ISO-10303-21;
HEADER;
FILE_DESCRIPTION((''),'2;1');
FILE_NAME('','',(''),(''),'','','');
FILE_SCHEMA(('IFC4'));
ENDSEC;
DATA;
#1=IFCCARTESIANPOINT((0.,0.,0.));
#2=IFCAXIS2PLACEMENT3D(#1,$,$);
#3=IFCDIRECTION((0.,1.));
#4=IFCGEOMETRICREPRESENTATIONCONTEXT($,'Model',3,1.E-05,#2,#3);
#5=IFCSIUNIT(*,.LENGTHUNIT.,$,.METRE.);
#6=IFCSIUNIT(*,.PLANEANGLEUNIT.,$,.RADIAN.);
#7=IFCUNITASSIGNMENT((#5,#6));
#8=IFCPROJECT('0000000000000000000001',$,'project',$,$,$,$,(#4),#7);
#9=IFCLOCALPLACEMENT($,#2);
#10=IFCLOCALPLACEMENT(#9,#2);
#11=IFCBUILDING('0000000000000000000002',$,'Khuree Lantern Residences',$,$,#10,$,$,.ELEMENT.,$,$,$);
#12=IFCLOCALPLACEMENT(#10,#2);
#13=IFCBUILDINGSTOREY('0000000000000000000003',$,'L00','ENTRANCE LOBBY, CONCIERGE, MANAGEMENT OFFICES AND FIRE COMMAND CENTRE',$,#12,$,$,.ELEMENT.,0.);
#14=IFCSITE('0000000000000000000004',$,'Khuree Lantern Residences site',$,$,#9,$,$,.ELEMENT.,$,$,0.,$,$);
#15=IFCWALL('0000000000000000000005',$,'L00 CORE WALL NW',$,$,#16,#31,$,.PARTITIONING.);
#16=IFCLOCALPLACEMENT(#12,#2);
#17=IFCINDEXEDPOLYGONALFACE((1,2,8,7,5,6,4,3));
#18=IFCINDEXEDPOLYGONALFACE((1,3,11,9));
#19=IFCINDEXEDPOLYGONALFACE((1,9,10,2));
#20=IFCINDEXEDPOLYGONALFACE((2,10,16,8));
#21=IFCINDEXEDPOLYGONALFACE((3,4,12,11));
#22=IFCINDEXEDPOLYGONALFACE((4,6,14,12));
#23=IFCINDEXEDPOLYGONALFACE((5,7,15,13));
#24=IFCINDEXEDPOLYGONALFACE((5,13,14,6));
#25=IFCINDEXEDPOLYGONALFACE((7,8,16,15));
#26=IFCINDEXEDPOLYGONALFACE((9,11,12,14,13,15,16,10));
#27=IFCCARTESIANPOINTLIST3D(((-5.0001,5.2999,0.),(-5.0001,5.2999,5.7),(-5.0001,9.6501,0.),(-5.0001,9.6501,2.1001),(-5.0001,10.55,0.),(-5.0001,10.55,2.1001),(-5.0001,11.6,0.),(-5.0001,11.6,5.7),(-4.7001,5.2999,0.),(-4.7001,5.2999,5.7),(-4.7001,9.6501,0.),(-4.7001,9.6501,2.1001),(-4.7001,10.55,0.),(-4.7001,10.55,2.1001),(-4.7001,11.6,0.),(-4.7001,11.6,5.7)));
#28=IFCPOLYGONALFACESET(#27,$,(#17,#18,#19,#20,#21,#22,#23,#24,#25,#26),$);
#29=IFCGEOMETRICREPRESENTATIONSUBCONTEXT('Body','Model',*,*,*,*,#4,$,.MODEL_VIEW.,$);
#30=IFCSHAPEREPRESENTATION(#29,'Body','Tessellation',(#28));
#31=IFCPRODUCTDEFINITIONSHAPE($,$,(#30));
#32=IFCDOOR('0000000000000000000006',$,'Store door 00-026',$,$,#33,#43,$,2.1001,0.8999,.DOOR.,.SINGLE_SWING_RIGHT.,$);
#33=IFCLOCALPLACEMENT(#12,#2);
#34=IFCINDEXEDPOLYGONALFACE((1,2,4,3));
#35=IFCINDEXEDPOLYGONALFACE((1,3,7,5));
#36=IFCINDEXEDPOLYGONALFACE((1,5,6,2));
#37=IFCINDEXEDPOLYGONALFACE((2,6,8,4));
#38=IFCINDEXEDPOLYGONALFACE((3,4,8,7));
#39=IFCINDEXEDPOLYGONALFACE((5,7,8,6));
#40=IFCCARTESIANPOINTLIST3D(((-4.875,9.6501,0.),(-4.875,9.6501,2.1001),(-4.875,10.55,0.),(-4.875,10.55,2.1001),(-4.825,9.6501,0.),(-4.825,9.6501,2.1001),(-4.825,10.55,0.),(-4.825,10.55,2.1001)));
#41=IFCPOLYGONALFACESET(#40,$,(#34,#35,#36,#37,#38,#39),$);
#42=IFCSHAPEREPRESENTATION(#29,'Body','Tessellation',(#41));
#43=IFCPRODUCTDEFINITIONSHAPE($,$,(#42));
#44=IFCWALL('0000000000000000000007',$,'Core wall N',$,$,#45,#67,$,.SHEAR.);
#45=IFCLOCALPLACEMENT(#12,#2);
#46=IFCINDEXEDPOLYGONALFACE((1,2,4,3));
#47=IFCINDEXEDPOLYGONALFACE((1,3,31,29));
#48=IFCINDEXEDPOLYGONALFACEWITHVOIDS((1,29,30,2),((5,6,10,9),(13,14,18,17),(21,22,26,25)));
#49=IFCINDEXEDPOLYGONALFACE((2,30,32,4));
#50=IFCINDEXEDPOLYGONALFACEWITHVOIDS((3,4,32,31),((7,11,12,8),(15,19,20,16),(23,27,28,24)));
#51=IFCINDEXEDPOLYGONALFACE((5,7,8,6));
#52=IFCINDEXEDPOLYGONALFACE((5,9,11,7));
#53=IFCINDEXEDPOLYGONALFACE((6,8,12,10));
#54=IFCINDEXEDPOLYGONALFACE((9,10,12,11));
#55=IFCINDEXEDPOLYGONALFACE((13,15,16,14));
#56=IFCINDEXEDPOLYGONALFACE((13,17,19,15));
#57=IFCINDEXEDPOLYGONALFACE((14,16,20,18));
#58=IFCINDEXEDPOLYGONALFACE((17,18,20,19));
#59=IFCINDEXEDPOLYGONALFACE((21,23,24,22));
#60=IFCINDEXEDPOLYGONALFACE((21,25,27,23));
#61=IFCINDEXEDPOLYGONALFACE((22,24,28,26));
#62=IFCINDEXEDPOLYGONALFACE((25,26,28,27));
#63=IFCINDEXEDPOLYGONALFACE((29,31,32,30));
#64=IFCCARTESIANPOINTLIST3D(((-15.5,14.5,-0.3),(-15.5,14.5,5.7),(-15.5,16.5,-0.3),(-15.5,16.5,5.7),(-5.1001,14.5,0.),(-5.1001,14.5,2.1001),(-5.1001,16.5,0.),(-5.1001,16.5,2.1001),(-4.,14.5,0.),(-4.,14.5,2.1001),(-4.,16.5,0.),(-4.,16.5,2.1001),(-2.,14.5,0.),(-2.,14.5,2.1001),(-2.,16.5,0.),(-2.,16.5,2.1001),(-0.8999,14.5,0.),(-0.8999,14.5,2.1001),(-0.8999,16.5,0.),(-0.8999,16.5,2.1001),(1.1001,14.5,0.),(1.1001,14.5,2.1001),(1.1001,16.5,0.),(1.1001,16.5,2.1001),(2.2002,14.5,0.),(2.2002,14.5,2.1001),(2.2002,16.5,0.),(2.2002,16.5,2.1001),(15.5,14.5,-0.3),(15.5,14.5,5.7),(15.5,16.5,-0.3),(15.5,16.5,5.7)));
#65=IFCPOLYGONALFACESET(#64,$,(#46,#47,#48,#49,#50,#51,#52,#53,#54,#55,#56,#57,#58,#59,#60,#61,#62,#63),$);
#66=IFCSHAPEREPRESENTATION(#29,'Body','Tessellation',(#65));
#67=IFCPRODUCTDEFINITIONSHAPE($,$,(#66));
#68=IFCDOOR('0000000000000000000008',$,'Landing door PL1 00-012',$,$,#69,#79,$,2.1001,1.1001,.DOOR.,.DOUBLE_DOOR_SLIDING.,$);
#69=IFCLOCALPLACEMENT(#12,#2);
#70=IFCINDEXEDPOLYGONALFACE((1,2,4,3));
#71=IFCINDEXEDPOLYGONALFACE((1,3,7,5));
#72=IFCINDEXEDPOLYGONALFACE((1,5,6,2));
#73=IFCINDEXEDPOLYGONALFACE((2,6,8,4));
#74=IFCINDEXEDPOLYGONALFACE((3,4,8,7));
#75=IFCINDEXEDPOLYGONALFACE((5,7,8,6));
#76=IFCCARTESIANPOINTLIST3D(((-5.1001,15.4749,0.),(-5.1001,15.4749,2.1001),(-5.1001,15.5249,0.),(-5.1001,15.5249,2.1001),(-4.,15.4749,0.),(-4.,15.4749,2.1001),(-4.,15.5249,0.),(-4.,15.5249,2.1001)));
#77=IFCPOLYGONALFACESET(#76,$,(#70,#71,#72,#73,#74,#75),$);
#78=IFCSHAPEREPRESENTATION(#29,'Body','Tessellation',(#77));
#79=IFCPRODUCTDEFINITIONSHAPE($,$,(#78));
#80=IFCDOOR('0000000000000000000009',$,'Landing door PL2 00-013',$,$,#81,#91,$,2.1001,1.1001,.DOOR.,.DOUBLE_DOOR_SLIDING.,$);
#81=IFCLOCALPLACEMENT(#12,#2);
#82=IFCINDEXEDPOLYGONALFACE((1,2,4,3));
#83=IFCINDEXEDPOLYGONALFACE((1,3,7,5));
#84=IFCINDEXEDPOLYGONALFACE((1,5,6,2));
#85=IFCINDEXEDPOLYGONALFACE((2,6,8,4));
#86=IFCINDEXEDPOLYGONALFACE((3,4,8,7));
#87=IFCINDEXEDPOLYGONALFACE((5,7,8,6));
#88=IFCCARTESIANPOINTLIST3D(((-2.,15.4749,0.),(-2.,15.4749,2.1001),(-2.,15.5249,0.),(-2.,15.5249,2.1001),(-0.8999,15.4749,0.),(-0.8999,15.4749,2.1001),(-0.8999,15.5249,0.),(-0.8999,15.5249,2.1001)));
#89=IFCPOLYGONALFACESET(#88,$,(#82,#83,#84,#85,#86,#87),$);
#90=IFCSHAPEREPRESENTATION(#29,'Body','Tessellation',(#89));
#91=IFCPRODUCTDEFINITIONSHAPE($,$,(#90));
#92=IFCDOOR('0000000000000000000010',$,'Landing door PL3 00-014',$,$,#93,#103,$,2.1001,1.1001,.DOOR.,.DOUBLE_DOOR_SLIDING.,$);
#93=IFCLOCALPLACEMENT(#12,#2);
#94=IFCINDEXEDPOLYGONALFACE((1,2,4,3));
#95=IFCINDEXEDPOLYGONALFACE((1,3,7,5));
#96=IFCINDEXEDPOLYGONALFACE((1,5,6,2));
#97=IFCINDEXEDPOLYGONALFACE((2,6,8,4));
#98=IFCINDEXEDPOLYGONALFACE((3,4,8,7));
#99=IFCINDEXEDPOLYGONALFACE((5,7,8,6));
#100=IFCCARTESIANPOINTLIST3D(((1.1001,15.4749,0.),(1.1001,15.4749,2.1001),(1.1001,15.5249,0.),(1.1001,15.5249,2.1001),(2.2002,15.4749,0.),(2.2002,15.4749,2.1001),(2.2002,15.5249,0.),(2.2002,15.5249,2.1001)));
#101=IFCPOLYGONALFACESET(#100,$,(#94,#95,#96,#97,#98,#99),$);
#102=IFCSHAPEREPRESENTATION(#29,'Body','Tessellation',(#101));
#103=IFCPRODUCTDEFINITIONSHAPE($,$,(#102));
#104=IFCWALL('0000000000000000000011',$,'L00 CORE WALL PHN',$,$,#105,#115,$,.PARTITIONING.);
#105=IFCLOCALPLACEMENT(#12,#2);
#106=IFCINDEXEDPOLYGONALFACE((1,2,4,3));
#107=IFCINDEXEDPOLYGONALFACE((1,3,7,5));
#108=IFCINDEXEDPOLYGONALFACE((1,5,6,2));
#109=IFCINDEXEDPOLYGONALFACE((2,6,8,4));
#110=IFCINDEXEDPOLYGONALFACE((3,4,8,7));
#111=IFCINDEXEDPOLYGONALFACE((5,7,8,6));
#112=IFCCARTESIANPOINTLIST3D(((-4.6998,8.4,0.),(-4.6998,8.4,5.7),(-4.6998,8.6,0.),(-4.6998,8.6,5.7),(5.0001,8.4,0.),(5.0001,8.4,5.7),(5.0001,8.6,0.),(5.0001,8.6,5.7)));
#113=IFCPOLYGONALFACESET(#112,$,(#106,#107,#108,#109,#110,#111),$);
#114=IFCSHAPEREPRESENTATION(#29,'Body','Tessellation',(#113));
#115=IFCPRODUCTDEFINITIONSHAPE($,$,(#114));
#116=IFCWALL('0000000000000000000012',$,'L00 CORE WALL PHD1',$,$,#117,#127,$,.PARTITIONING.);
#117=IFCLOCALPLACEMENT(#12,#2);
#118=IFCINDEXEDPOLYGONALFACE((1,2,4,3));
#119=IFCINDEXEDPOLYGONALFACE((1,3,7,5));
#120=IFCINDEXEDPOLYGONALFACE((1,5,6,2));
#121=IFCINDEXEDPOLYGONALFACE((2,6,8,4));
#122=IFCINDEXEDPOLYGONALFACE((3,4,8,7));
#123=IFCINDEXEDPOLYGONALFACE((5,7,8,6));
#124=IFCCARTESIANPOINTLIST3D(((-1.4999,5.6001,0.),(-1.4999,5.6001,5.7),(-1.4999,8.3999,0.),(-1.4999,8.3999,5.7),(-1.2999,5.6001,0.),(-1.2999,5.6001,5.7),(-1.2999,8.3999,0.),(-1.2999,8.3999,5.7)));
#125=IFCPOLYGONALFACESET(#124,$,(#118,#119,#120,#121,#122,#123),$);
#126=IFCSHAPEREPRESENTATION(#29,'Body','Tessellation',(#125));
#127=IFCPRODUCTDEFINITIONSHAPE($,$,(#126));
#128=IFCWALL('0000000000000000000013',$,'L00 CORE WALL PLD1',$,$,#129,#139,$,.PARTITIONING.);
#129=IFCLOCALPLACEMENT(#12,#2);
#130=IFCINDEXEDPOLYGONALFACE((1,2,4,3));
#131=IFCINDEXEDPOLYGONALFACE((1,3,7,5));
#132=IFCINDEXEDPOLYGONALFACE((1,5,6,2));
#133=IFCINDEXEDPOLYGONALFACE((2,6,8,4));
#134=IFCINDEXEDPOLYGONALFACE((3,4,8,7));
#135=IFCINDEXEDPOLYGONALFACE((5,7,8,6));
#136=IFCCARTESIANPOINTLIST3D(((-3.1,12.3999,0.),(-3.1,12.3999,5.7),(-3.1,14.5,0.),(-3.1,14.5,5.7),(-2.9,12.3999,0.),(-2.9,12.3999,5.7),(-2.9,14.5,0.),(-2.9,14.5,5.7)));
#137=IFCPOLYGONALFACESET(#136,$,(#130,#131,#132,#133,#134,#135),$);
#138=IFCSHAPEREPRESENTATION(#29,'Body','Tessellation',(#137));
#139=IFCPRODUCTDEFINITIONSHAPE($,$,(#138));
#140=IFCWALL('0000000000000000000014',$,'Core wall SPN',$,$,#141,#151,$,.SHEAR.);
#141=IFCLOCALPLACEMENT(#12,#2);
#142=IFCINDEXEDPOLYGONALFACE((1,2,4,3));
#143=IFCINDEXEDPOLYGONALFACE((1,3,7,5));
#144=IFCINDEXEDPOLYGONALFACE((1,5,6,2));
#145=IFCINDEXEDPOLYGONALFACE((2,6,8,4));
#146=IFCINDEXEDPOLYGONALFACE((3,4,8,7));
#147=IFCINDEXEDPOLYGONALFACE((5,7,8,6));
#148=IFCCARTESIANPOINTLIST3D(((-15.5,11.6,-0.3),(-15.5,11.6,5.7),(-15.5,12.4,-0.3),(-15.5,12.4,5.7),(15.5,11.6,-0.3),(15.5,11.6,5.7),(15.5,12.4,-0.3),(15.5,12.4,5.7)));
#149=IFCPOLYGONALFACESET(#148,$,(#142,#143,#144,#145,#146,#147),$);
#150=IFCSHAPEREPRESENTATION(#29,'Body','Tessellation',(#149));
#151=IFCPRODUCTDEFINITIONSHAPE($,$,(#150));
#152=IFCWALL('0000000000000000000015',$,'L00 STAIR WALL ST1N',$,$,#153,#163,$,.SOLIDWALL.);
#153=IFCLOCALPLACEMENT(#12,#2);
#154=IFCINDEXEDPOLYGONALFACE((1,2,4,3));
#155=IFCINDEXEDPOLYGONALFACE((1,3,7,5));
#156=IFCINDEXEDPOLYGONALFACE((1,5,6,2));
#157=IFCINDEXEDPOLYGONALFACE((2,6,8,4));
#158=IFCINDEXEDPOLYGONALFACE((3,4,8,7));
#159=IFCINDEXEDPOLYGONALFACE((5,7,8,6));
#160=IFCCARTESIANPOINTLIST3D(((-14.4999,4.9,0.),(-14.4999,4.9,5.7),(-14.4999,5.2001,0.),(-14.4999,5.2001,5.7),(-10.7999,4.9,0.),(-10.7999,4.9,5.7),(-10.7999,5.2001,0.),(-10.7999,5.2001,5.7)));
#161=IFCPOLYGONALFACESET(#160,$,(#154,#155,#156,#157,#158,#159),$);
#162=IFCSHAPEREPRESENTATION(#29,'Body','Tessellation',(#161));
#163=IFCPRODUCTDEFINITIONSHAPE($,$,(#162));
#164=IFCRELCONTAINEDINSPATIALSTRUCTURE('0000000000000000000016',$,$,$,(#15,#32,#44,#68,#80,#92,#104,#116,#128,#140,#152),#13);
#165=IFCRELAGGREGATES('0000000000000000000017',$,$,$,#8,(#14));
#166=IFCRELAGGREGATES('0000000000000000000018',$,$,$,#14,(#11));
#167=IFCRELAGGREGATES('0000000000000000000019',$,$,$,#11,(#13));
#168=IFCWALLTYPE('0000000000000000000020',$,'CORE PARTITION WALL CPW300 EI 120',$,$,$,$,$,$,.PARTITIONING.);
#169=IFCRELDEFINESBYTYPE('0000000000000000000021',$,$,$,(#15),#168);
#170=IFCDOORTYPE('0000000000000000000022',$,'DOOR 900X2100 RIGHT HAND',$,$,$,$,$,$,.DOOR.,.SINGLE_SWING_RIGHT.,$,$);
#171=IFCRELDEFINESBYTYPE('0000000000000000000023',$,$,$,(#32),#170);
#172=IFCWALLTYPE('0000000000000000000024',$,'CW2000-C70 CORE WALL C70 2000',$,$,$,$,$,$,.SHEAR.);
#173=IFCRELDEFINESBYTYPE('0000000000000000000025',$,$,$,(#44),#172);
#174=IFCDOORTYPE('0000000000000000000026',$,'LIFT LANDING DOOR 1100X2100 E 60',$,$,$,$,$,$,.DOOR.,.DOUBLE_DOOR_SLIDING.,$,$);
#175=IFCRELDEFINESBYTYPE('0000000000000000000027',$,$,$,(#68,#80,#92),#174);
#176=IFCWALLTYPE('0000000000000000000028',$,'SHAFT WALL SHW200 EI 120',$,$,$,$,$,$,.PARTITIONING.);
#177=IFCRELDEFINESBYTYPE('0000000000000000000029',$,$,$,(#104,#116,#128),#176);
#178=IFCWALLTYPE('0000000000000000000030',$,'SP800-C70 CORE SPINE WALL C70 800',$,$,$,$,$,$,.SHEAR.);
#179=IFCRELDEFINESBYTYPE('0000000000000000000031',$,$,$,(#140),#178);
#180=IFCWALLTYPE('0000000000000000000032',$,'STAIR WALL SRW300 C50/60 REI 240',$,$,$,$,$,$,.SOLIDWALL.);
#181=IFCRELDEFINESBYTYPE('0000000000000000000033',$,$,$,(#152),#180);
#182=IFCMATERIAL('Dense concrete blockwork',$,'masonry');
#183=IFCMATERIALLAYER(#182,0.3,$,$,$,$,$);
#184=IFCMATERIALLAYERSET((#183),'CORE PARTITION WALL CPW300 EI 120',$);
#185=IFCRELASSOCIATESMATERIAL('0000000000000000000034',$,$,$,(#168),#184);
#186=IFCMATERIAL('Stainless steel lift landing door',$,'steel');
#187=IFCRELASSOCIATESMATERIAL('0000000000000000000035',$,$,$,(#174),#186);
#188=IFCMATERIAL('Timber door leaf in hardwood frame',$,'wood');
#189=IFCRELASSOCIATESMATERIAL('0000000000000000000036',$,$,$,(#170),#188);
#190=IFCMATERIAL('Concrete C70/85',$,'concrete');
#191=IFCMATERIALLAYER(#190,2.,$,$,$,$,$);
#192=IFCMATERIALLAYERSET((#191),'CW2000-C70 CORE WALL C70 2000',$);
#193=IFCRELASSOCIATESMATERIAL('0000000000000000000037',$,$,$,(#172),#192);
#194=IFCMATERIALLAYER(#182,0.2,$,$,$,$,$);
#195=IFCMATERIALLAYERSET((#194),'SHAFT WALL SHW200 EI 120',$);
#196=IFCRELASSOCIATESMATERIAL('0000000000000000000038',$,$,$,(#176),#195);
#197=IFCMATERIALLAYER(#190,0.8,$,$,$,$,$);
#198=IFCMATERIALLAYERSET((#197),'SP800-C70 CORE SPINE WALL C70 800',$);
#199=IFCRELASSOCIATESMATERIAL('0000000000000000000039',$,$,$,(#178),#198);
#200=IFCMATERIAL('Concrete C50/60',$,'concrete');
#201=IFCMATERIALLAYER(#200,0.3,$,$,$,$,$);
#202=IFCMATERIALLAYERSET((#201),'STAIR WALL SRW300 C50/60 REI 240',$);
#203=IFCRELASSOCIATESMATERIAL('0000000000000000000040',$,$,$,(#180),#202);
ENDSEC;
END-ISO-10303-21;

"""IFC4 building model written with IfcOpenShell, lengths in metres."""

from ifc_helpers import new_model, si_unit, direction, frame, frame_2d, origin, place, context, subcontext, project, spatial, rectangle, extrude, material, layer, layer_set, type_object, element, fill, save


model = new_model("IFC4")

# Units and contexts
model_context = context("Model", 3, precision=1e-05, world=origin(), true_north=direction((0.0, 1.0)))
body_context = subcontext(model_context, "Body", "Model", "MODEL_VIEW")
ifc_project = project(units=[si_unit("LENGTHUNIT", "METRE"), si_unit("PLANEANGLEUNIT", "RADIAN")], contexts=[model_context])

# Site, building, storey
site_placement = place(None, origin())
site = spatial("IfcSite", under=ifc_project, at=site_placement, Name="Khuree Lantern Residences site", CompositionType="ELEMENT", RefElevation=0.0)
building_placement = place(site_placement, origin())
building = spatial("IfcBuilding", under=site, at=building_placement, Name="Khuree Lantern Residences", CompositionType="ELEMENT")
storey_placement = place(building_placement, origin())
storey = spatial("IfcBuildingStorey", under=building, at=storey_placement, Name="L00", Description="ENTRANCE LOBBY, CONCIERGE, MANAGEMENT OFFICES AND FIRE COMMAND CENTRE", CompositionType="ELEMENT", Elevation=0.0)

# Shared definitions
ifc_material_1 = material(Name="Dense concrete blockwork", Category="masonry")
ifc_layer_1 = layer(ifc_material_1, 0.3)
ifc_layer_set_1 = layer_set([ifc_layer_1], Name="CORE PARTITION WALL CPW300 EI 120")
wall_type_1 = type_object("IfcWallType", Name="CORE PARTITION WALL CPW300 EI 120", PredefinedType="PARTITIONING", material=ifc_layer_set_1)
ifc_material_2 = material(Name="Stainless steel lift landing door", Category="steel")
door_type_1 = type_object("IfcDoorType", Name="LIFT LANDING DOOR 1100X2100 E 60", OperationType="DOUBLE_DOOR_SLIDING", PredefinedType="DOOR", material=ifc_material_2)

# Shared definitions
ifc_material_3 = material(Name="Timber door leaf in hardwood frame", Category="wood")
door_type_2 = type_object("IfcDoorType", Name="DOOR 900X2100 RIGHT HAND", OperationType="SINGLE_SWING_RIGHT", PredefinedType="DOOR", material=ifc_material_3)

# Wall, opening, door
wall_1_placement = place(storey_placement, frame((-4.8501, 5.3, 0.0), z_axis=(0.0, 0.0, 1.0), x_axis=(0.0, 1.0, 0.0)))
wall_1 = element("IfcWall", 1, at=wall_1_placement, inside=storey, type_object=wall_type_1, Name="L00 CORE WALL NW", PredefinedType="PARTITIONING", context=body_context, shape_type="SweptSolid", body=[
    extrude(rectangle(XDim=6.3, YDim=0.3, at=frame_2d((3.1499, 0.0))), origin(), (0.0, 0.0, 1.0), 5.7),
])
opening_1_placement = place(wall_1_placement, frame((4.3501, 0.0, 0.0)))
opening_1 = element("IfcOpeningElement", 2, at=opening_1_placement, cuts=wall_1, PredefinedType="OPENING", context=body_context, shape_type="SweptSolid", body=[
    extrude(rectangle(XDim=0.8999, YDim=2.1001, at=frame_2d((0.45, 1.05))), frame((0.0, 0.1602, 0.0), z_axis=(0.0, -1.0, 0.0), x_axis=(1.0, 0.0, 0.0)), (0.0, 0.0, 1.0), 0.3201),
])
door_1_placement = place(opening_1_placement, origin())
door_1 = element("IfcDoor", 3, at=door_1_placement, inside=storey, type_object=door_type_2, Name="Store door 00-026", OperationType="SINGLE_SWING_RIGHT", OverallHeight=2.1001, OverallWidth=0.8999, PredefinedType="DOOR", context=body_context, shape_type="SweptSolid", body=[
    extrude(rectangle(XDim=0.8999, YDim=2.1001, at=frame_2d((0.45, 1.05))), frame((0.0, 0.0249, 0.0), z_axis=(0.0, -1.0, 0.0), x_axis=(1.0, 0.0, 0.0)), (0.0, 0.0, 1.0), 0.05),
])
fill(opening_1, door_1)

# Wall, openings, doors
ifc_material_4 = material(Name="Concrete C70/85", Category="concrete")
ifc_layer_2 = layer(ifc_material_4, 2.0)
ifc_layer_set_2 = layer_set([ifc_layer_2], Name="CW2000-C70 CORE WALL C70 2000")
wall_type_2 = type_object("IfcWallType", Name="CW2000-C70 CORE WALL C70 2000", PredefinedType="SHEAR", material=ifc_layer_set_2)
wall_2_placement = place(storey_placement, frame((-15.5, 15.5, -0.3), z_axis=(0.0, 0.0, 1.0), x_axis=(1.0, 0.0, 0.0)))
wall_2 = element("IfcWall", 4, at=wall_2_placement, inside=storey, type_object=wall_type_2, Name="Core wall N", PredefinedType="SHEAR", context=body_context, shape_type="SweptSolid", body=[
    extrude(rectangle(XDim=31.0, YDim=2.0, at=frame_2d((15.5, 0.0))), origin(), (0.0, 0.0, 1.0), 6.0),
])
opening_2_placement = place(wall_2_placement, frame((10.3999, 0.0, 0.3)))
opening_2 = element("IfcOpeningElement", 5, at=opening_2_placement, cuts=wall_2, PredefinedType="OPENING", context=body_context, shape_type="SweptSolid", body=[
    extrude(rectangle(XDim=1.1001, YDim=2.1001, at=frame_2d((0.55, 1.05))), frame((0.0, 1.01, 0.0), z_axis=(0.0, -1.0, 0.0), x_axis=(1.0, 0.0, 0.0)), (0.0, 0.0, 1.0), 2.02),
])
opening_3_placement = place(wall_2_placement, frame((13.5, 0.0, 0.3)))
opening_3 = element("IfcOpeningElement", 6, at=opening_3_placement, cuts=wall_2, PredefinedType="OPENING", context=body_context, shape_type="SweptSolid", body=[
    extrude(rectangle(XDim=1.1001, YDim=2.1001, at=frame_2d((0.55, 1.05))), frame((0.0, 1.01, 0.0), z_axis=(0.0, -1.0, 0.0), x_axis=(1.0, 0.0, 0.0)), (0.0, 0.0, 1.0), 2.02),
])
opening_4_placement = place(wall_2_placement, frame((16.6001, 0.0, 0.3)))
opening_4 = element("IfcOpeningElement", 7, at=opening_4_placement, cuts=wall_2, PredefinedType="OPENING", context=body_context, shape_type="SweptSolid", body=[
    extrude(rectangle(XDim=1.1001, YDim=2.1001, at=frame_2d((0.55, 1.05))), frame((0.0, 1.01, 0.0), z_axis=(0.0, -1.0, 0.0), x_axis=(1.0, 0.0, 0.0)), (0.0, 0.0, 1.0), 2.02),
])
door_2_placement = place(opening_2_placement, origin())
door_2 = element("IfcDoor", 8, at=door_2_placement, inside=storey, type_object=door_type_1, Name="Landing door PL1 00-012", OperationType="DOUBLE_DOOR_SLIDING", OverallHeight=2.1001, OverallWidth=1.1001, PredefinedType="DOOR", context=body_context, shape_type="SweptSolid", body=[
    extrude(rectangle(XDim=1.1001, YDim=2.1001, at=frame_2d((0.55, 1.05))), frame((0.0, 0.0249, 0.0), z_axis=(0.0, -1.0, 0.0), x_axis=(1.0, 0.0, 0.0)), (0.0, 0.0, 1.0), 0.05),
])
fill(opening_2, door_2)
door_3_placement = place(opening_3_placement, origin())
door_3 = element("IfcDoor", 9, at=door_3_placement, inside=storey, type_object=door_type_1, Name="Landing door PL2 00-013", OperationType="DOUBLE_DOOR_SLIDING", OverallHeight=2.1001, OverallWidth=1.1001, PredefinedType="DOOR", context=body_context, shape_type="SweptSolid", body=[
    extrude(rectangle(XDim=1.1001, YDim=2.1001, at=frame_2d((0.55, 1.05))), frame((0.0, 0.0249, 0.0), z_axis=(0.0, -1.0, 0.0), x_axis=(1.0, 0.0, 0.0)), (0.0, 0.0, 1.0), 0.05),
])
fill(opening_3, door_3)
door_4_placement = place(opening_4_placement, origin())
door_4 = element("IfcDoor", 10, at=door_4_placement, inside=storey, type_object=door_type_1, Name="Landing door PL3 00-014", OperationType="DOUBLE_DOOR_SLIDING", OverallHeight=2.1001, OverallWidth=1.1001, PredefinedType="DOOR", context=body_context, shape_type="SweptSolid", body=[
    extrude(rectangle(XDim=1.1001, YDim=2.1001, at=frame_2d((0.55, 1.05))), frame((0.0, 0.0249, 0.0), z_axis=(0.0, -1.0, 0.0), x_axis=(1.0, 0.0, 0.0)), (0.0, 0.0, 1.0), 0.05),
])
fill(opening_4, door_4)

# Walls
ifc_layer_3 = layer(ifc_material_1, 0.2)
ifc_layer_set_3 = layer_set([ifc_layer_3], Name="SHAFT WALL SHW200 EI 120")
wall_type_3 = type_object("IfcWallType", Name="SHAFT WALL SHW200 EI 120", PredefinedType="PARTITIONING", material=ifc_layer_set_3)
wall_3_placement = place(storey_placement, frame((-4.7, 8.5, 0.0), z_axis=(0.0, 0.0, 1.0), x_axis=(1.0, 0.0, 0.0)))
element("IfcWall", 11, at=wall_3_placement, inside=storey, type_object=wall_type_3, Name="L00 CORE WALL PHN", PredefinedType="PARTITIONING", context=body_context, shape_type="SweptSolid", body=[
    extrude(rectangle(XDim=9.7, YDim=0.2, at=frame_2d((4.8501, 0.0))), origin(), (0.0, 0.0, 1.0), 5.7),
])
wall_4_placement = place(storey_placement, frame((-1.3999, 5.6001, 0.0), z_axis=(0.0, 0.0, 1.0), x_axis=(0.0, 1.0, 0.0)))
element("IfcWall", 12, at=wall_4_placement, inside=storey, type_object=wall_type_3, Name="L00 CORE WALL PHD1", PredefinedType="PARTITIONING", context=body_context, shape_type="SweptSolid", body=[
    extrude(rectangle(XDim=2.7998, YDim=0.2, at=frame_2d((1.3999, 0.0))), origin(), (0.0, 0.0, 1.0), 5.7),
])
wall_5_placement = place(storey_placement, frame((-3.0, 12.3999, 0.0), z_axis=(0.0, 0.0, 1.0), x_axis=(0.0, 1.0, 0.0)))
element("IfcWall", 13, at=wall_5_placement, inside=storey, type_object=wall_type_3, Name="L00 CORE WALL PLD1", PredefinedType="PARTITIONING", context=body_context, shape_type="SweptSolid", body=[
    extrude(rectangle(XDim=2.1001, YDim=0.2, at=frame_2d((1.05, 0.0))), origin(), (0.0, 0.0, 1.0), 5.7),
])
ifc_layer_4 = layer(ifc_material_4, 0.8)
ifc_layer_set_4 = layer_set([ifc_layer_4], Name="SP800-C70 CORE SPINE WALL C70 800")
wall_type_4 = type_object("IfcWallType", Name="SP800-C70 CORE SPINE WALL C70 800", PredefinedType="SHEAR", material=ifc_layer_set_4)
wall_6_placement = place(storey_placement, frame((-15.5, 12.0, -0.3), z_axis=(0.0, 0.0, 1.0), x_axis=(1.0, 0.0, 0.0)))
element("IfcWall", 14, at=wall_6_placement, inside=storey, type_object=wall_type_4, Name="Core wall SPN", PredefinedType="SHEAR", context=body_context, shape_type="SweptSolid", body=[
    extrude(rectangle(XDim=31.0, YDim=0.8, at=frame_2d((15.5, 0.0))), origin(), (0.0, 0.0, 1.0), 6.0),
])
ifc_material_5 = material(Name="Concrete C50/60", Category="concrete")
ifc_layer_5 = layer(ifc_material_5, 0.3)
ifc_layer_set_5 = layer_set([ifc_layer_5], Name="STAIR WALL SRW300 C50/60 REI 240")
wall_type_5 = type_object("IfcWallType", Name="STAIR WALL SRW300 C50/60 REI 240", PredefinedType="SOLIDWALL", material=ifc_layer_set_5)
wall_7_placement = place(storey_placement, frame((-14.5, 5.05, 0.0), z_axis=(0.0, 0.0, 1.0), x_axis=(1.0, 0.0, 0.0)))
element("IfcWall", 15, at=wall_7_placement, inside=storey, type_object=wall_type_5, Name="L00 STAIR WALL ST1N", PredefinedType="SOLIDWALL", context=body_context, shape_type="SweptSolid", body=[
    extrude(rectangle(XDim=3.7, YDim=0.3, at=frame_2d((1.8501, 0.0))), origin(), (0.0, 0.0, 1.0), 5.7),
])

save(model, "model.ifc")
